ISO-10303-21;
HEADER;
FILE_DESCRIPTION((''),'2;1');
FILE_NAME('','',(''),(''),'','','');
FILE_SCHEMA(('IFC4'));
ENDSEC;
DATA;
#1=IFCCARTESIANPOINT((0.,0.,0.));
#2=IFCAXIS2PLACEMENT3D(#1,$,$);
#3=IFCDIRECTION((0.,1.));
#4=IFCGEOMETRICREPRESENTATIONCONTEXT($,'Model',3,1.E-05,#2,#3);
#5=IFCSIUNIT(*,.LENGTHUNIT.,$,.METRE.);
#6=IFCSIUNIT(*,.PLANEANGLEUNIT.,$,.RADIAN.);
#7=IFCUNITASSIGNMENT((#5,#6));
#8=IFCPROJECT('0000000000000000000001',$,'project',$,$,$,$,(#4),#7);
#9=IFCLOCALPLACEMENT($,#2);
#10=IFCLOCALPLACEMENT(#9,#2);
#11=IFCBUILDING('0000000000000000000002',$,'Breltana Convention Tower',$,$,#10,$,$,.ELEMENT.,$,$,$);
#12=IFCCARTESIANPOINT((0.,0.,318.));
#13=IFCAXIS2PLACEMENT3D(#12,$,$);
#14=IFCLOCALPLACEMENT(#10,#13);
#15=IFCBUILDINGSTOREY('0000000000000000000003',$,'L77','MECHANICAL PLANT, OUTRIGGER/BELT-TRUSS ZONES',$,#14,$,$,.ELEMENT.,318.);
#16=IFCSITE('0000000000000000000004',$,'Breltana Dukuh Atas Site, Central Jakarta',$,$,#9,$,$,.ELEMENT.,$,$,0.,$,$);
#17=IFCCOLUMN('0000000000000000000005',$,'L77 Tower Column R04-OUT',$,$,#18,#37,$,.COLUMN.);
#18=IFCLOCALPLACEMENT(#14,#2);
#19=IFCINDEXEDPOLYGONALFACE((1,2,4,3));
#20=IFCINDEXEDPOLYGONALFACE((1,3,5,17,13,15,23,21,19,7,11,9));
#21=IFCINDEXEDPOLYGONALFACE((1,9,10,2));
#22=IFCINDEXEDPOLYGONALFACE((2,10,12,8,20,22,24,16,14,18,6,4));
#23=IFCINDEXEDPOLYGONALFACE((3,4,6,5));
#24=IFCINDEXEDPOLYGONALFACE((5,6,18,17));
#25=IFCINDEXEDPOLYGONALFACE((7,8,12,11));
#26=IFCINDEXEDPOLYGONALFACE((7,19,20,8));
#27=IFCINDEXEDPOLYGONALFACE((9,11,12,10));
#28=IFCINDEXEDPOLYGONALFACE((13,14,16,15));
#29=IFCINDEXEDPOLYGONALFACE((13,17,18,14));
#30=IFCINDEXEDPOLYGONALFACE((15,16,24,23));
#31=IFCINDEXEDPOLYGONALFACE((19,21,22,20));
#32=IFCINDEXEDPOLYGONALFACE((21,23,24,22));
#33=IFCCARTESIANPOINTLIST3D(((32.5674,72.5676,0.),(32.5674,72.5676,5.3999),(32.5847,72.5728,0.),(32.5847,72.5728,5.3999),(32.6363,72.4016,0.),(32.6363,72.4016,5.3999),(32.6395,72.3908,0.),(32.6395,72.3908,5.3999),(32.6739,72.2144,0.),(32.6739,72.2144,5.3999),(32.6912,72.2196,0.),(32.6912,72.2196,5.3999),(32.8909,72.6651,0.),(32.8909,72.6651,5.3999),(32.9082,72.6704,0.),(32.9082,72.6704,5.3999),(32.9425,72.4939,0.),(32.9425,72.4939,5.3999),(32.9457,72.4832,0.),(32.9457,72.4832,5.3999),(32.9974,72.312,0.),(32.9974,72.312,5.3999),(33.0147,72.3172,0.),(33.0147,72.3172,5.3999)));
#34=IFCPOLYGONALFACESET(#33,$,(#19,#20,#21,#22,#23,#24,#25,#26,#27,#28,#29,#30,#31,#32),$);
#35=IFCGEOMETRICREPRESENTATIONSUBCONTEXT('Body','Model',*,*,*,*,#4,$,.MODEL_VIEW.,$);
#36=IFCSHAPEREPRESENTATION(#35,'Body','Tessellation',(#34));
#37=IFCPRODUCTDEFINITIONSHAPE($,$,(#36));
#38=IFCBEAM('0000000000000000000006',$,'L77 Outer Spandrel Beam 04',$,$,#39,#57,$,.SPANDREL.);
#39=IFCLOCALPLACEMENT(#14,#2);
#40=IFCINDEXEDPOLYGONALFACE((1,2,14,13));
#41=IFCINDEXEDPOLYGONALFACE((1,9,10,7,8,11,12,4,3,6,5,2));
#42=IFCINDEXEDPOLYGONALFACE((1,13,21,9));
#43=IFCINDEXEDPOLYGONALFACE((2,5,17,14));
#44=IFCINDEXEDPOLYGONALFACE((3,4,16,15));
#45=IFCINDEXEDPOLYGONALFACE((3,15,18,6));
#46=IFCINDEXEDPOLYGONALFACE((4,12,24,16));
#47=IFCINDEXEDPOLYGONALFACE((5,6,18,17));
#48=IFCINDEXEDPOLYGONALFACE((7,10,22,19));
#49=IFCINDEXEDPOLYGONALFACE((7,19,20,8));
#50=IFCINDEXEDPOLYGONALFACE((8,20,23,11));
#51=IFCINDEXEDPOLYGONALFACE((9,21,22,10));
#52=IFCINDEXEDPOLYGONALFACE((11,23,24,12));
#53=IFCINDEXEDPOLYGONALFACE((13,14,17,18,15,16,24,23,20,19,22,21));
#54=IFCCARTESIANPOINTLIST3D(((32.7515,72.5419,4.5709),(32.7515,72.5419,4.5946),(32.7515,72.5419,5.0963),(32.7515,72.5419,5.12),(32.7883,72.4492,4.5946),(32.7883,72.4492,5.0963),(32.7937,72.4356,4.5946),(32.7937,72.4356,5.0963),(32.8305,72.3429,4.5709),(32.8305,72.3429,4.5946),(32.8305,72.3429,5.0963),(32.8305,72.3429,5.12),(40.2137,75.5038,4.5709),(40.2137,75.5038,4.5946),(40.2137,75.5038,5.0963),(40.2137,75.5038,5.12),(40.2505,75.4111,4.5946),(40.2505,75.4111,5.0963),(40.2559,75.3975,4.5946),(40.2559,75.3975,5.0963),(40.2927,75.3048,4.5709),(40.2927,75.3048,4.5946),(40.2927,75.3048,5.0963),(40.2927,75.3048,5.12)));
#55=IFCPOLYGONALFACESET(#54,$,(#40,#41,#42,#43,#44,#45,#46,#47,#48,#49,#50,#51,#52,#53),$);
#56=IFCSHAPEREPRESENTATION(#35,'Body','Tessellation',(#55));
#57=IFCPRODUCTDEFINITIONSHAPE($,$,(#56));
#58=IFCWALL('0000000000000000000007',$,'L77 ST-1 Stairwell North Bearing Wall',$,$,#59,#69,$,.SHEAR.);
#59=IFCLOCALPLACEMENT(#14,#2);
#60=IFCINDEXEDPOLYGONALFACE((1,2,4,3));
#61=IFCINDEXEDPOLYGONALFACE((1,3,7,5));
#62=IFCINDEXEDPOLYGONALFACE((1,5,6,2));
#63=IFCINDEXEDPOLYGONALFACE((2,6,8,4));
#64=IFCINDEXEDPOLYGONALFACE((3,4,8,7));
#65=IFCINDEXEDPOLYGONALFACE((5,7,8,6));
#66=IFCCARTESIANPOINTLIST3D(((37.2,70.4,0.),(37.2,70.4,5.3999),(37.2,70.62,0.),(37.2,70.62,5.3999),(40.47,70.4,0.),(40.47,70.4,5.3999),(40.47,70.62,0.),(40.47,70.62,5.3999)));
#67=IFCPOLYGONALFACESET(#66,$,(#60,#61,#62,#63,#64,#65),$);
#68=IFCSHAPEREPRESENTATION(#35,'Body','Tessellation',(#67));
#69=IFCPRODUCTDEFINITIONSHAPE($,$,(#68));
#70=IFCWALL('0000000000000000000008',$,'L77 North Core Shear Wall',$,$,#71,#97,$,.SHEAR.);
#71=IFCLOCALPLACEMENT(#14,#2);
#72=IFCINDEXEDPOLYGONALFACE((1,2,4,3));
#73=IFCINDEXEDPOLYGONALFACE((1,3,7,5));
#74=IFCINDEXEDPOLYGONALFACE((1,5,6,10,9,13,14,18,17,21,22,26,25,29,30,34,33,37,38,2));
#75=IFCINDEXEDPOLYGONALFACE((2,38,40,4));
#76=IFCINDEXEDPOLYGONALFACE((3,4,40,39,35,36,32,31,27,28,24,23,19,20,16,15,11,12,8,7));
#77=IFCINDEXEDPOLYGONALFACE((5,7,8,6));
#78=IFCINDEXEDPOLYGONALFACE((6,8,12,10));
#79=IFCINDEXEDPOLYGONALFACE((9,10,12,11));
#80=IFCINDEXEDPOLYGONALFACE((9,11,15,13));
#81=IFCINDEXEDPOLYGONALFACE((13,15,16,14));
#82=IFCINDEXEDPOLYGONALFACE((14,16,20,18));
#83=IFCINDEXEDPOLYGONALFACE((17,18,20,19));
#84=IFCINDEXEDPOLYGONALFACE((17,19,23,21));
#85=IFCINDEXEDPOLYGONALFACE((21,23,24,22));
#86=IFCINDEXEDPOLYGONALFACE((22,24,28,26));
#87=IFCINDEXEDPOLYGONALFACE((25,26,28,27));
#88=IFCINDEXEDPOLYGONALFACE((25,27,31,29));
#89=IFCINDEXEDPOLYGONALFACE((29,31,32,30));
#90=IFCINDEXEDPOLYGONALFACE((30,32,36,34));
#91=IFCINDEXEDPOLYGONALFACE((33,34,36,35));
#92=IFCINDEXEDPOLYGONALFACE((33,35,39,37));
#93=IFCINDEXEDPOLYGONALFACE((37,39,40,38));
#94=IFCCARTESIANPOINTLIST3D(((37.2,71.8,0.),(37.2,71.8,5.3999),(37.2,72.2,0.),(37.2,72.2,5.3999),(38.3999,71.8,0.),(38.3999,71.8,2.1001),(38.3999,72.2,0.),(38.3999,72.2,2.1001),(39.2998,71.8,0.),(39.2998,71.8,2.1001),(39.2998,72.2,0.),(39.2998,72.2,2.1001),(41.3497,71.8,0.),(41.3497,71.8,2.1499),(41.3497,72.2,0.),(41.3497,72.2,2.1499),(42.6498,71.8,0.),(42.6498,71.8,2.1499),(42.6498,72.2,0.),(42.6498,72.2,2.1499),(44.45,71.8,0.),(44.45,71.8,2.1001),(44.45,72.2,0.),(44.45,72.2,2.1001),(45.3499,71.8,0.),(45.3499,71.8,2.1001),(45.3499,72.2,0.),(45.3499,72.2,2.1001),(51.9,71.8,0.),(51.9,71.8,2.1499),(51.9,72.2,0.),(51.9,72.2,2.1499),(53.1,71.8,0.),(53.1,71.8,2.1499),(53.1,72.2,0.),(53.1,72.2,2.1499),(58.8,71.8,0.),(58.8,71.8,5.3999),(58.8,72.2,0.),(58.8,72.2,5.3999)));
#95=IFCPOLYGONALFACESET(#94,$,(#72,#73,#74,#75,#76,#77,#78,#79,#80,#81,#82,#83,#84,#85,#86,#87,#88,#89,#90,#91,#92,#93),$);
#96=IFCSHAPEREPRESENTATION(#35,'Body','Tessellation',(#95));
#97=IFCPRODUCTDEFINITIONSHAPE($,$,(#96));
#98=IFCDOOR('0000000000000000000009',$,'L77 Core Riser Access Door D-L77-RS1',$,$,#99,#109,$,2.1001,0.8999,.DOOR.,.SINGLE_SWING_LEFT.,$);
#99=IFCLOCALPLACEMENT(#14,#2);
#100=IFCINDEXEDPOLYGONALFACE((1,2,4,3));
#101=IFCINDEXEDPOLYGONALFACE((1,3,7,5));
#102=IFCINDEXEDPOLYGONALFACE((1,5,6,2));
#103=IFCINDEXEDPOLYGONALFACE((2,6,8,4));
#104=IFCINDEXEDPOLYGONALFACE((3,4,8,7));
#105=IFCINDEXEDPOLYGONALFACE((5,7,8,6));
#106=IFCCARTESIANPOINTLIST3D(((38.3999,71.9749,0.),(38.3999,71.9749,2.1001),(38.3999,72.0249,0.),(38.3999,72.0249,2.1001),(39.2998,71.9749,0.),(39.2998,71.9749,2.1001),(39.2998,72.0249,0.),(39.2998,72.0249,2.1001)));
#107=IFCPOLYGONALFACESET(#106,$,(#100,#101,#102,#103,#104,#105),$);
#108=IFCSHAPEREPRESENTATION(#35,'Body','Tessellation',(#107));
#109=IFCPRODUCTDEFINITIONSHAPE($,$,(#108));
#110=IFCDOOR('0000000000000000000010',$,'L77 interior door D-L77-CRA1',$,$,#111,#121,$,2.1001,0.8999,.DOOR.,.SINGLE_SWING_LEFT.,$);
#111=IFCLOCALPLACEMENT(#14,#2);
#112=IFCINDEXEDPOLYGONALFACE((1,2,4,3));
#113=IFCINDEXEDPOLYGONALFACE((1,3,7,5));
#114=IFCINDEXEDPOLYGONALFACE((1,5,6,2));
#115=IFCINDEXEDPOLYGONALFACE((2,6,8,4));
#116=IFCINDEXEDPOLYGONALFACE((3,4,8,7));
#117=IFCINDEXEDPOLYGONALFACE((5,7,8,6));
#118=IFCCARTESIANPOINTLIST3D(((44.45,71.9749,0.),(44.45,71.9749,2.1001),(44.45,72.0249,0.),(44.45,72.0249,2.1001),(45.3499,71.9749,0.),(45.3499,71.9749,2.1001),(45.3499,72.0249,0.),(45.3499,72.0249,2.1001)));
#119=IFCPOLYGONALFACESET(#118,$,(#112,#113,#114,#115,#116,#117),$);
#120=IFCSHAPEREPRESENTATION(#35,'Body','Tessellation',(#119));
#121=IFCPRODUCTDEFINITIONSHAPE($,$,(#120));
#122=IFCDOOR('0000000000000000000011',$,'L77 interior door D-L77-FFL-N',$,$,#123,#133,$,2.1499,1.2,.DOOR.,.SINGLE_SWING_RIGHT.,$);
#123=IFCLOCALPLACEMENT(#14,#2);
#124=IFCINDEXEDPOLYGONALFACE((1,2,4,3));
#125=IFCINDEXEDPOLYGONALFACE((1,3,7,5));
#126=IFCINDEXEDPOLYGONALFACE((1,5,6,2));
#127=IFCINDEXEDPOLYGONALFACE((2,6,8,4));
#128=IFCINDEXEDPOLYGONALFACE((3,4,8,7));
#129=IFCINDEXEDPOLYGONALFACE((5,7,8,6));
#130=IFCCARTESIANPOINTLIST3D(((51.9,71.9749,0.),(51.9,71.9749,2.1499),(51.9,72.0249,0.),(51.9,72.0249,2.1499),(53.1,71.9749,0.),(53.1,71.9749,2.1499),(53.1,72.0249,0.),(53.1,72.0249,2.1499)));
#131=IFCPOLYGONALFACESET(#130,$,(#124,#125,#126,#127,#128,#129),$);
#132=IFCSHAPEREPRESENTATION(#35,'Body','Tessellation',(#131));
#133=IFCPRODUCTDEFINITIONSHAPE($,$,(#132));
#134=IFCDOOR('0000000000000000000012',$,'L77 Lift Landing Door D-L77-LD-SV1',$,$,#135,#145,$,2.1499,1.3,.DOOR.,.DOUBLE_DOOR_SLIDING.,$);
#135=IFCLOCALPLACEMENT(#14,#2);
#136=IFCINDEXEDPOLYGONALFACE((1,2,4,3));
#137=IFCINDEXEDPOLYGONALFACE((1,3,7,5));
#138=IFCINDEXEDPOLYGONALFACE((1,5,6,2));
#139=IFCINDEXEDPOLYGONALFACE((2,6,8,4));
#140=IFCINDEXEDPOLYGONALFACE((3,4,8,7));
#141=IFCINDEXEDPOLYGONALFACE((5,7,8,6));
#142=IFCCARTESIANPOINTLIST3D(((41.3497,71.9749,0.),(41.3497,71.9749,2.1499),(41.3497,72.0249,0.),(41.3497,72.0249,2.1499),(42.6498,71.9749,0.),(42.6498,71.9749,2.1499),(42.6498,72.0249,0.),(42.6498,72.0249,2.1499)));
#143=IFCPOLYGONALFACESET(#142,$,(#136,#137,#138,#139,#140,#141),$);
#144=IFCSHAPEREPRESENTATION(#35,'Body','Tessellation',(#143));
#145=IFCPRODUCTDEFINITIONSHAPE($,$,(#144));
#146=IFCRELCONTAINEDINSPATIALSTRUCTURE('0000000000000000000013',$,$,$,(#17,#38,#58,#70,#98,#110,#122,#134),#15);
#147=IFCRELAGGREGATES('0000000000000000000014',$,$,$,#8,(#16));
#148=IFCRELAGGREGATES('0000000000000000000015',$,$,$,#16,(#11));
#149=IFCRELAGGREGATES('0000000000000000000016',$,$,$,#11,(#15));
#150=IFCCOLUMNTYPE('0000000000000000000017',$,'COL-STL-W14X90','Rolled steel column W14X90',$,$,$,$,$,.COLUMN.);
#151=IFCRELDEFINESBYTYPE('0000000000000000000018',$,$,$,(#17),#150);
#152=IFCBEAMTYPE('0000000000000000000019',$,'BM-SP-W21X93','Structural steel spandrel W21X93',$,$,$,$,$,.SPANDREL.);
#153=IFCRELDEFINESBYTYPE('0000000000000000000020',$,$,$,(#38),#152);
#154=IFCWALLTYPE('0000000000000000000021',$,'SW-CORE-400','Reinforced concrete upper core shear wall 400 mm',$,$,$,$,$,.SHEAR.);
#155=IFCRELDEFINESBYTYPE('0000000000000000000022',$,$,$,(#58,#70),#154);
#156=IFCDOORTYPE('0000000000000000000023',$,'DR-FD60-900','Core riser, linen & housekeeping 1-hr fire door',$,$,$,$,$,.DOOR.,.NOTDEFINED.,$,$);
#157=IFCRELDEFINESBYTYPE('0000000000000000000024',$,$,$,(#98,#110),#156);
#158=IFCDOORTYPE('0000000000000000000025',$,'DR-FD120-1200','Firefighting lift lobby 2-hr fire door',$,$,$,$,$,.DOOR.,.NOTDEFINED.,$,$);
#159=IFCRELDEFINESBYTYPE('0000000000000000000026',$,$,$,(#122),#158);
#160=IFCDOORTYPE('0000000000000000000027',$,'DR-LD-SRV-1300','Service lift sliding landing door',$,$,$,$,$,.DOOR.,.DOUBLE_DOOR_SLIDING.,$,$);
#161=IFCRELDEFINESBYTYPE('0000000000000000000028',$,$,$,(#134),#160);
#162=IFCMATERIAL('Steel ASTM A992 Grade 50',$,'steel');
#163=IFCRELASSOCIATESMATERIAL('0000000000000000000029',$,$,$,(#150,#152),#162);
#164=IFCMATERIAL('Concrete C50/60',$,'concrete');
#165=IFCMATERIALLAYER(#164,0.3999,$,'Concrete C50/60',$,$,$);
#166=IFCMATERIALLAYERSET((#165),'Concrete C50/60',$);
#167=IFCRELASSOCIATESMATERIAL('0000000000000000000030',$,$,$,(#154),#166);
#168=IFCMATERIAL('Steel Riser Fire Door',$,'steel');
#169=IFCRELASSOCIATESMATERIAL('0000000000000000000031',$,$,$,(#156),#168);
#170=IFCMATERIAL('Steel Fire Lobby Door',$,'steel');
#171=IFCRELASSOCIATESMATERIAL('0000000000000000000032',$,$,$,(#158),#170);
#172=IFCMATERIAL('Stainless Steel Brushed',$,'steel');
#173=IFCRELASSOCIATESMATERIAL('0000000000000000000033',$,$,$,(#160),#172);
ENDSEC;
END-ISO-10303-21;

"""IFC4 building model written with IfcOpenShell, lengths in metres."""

from ifc_helpers import new_model, si_unit, direction, frame, frame_2d, origin, origin_2d, place, context, subcontext, project, spatial, rectangle, i_section, extrude, source, transform, mapped, material, layer, layer_set, material_profile, profile_set, type_object, type_shapes, element, fill, save


model = new_model("IFC4")

# Units and contexts
model_context = context("Model", 3, precision=1e-05, world=origin(), true_north=direction((0.0, 1.0)))
body_context = subcontext(model_context, "Body", "Model", "MODEL_VIEW")
ifc_project = project(units=[si_unit("LENGTHUNIT", "METRE"), si_unit("PLANEANGLEUNIT", "RADIAN")], contexts=[model_context])

# Site, building, storey
site_placement = place(None, origin())
site = spatial("IfcSite", under=ifc_project, at=site_placement, Name="Breltana Dukuh Atas Site, Central Jakarta", CompositionType="ELEMENT", RefElevation=0.0)
building_placement = place(site_placement, origin())
building = spatial("IfcBuilding", under=site, at=building_placement, Name="Breltana Convention Tower", CompositionType="ELEMENT")
storey_placement = place(building_placement, frame((0.0, 0.0, 318.0)))
storey = spatial("IfcBuildingStorey", under=building, at=storey_placement, Name="L77", Description="MECHANICAL PLANT, OUTRIGGER/BELT-TRUSS ZONES", CompositionType="ELEMENT", Elevation=318.0)

# Column
ifc_material_1 = material(Name="Steel ASTM A992 Grade 50", Category="steel")
ifc_material_profile_1 = material_profile(ifc_material_1, i_section(OverallWidth=0.3689, OverallDepth=0.356, WebThickness=0.0112, FlangeThickness=0.0181, at=origin_2d()), Name="W14X90")
ifc_profile_set_1 = profile_set([ifc_material_profile_1], Name="Steel ASTM A992 Grade 50")
column_type = type_object("IfcColumnType", Name="COL-STL-W14X90", Description="Rolled steel column W14X90", PredefinedType="COLUMN", material=ifc_profile_set_1)
shared_shape_1 = source(origin(), body_context, "Body", "SweptSolid", [
    extrude(i_section(OverallWidth=0.3689, OverallDepth=0.356, WebThickness=0.0112, FlangeThickness=0.0181, at=origin_2d()), origin(), (0.0, 0.0, 1.0), 5.3999),
])
column_placement = place(storey_placement, frame((32.791, 72.4424, 0.0), z_axis=(0.0, 0.0, 1.0), x_axis=(-0.288698, 0.95742, 0.0)))
element("IfcColumn", 1, at=column_placement, inside=storey, type_object=column_type, Name="L77 Tower Column R04-OUT", PredefinedType="COLUMN", context=body_context, shape_type="MappedRepresentation", body=[
    mapped(shared_shape_1, transform((0.0, 0.0, 0.0), scale=1.0)),
])

# Beam
ifc_material_profile_2 = material_profile(ifc_material_1, i_section(OverallWidth=0.2141, OverallDepth=0.5491, WebThickness=0.0146, FlangeThickness=0.0237, at=origin_2d()), Name="W21X93")
ifc_profile_set_2 = profile_set([ifc_material_profile_2], Name="Steel ASTM A992 Grade 50")
beam_type = type_object("IfcBeamType", Name="BM-SP-W21X93", Description="Structural steel spandrel W21X93", PredefinedType="SPANDREL", material=ifc_profile_set_2)
shared_shape_2 = source(origin(), body_context, "Body", "SweptSolid", [
    extrude(i_section(OverallWidth=0.2141, OverallDepth=0.5491, WebThickness=0.0146, FlangeThickness=0.0237, at=origin_2d()), origin(), (0.0, 0.0, 1.0), 8.0286),
])
beam_placement = place(storey_placement, frame((32.791, 72.4424, 4.8455), z_axis=(0.929459, 0.368925, 0.0), x_axis=(-0.368925, 0.929459, 0.0)))
element("IfcBeam", 2, at=beam_placement, inside=storey, type_object=beam_type, Name="L77 Outer Spandrel Beam 04", PredefinedType="SPANDREL", context=body_context, shape_type="MappedRepresentation", body=[
    mapped(shared_shape_2, transform((0.0, 0.0, 0.0), scale=1.0)),
])

# Wall
ifc_material_2 = material(Name="Concrete C50/60", Category="concrete")
ifc_layer_1 = layer(ifc_material_2, 0.3999, Name="Concrete C50/60")
ifc_layer_set_1 = layer_set([ifc_layer_1], Name="Concrete C50/60")
wall_type_1 = type_object("IfcWallType", Name="SW-CORE-400", Description="Reinforced concrete upper core shear wall 400 mm", PredefinedType="SHEAR", material=ifc_layer_set_1)
shared_shape_3 = source(origin(), body_context, "Body", "SweptSolid", [
    extrude(rectangle(XDim=3.27, YDim=0.22, at=frame_2d((1.635, 0.0))), origin(), (0.0, 0.0, 1.0), 5.3999),
])
wall_1_placement = place(storey_placement, frame((37.2, 70.51, 0.0), z_axis=(0.0, 0.0, 1.0), x_axis=(1.0, 0.0, 0.0)))
element("IfcWall", 3, at=wall_1_placement, inside=storey, type_object=wall_type_1, Name="L77 ST-1 Stairwell North Bearing Wall", PredefinedType="SHEAR", context=body_context, shape_type="MappedRepresentation", body=[
    mapped(shared_shape_3, transform((0.0, 0.0, 0.0), scale=1.0)),
])

# Wall, openings, doors
shared_shape_4 = source(origin(), body_context, "Body", "SweptSolid", [
    extrude(rectangle(XDim=21.6001, YDim=0.3999, at=frame_2d((10.8, 0.0))), origin(), (0.0, 0.0, 1.0), 5.3999),
])
wall_2_placement = place(storey_placement, frame((37.2, 72.0, 0.0), z_axis=(0.0, 0.0, 1.0), x_axis=(1.0, 0.0, 0.0)))
wall_2 = element("IfcWall", 4, at=wall_2_placement, inside=storey, type_object=wall_type_1, Name="L77 North Core Shear Wall", PredefinedType="SHEAR", context=body_context, shape_type="MappedRepresentation", body=[
    mapped(shared_shape_4, transform((0.0, 0.0, 0.0), scale=1.0)),
])
opening_1_placement = place(wall_2_placement, frame((1.2, 0.0, 0.0)))
opening_1 = element("IfcOpeningElement", 5, at=opening_1_placement, cuts=wall_2, PredefinedType="OPENING", context=body_context, shape_type="SweptSolid", body=[
    extrude(rectangle(XDim=0.8999, YDim=2.1001, at=frame_2d((0.45, 1.05))), frame((0.0, 0.21, 0.0), z_axis=(0.0, -1.0, 0.0), x_axis=(1.0, 0.0, 0.0)), (0.0, 0.0, 1.0), 0.4199),
])
opening_2_placement = place(wall_2_placement, frame((14.7, 0.0, 0.0)))
opening_2 = element("IfcOpeningElement", 6, at=opening_2_placement, cuts=wall_2, PredefinedType="OPENING", context=body_context, shape_type="SweptSolid", body=[
    extrude(rectangle(XDim=1.2, YDim=2.1499, at=frame_2d((0.6001, 1.075))), frame((0.0, 0.21, 0.0), z_axis=(0.0, -1.0, 0.0), x_axis=(1.0, 0.0, 0.0)), (0.0, 0.0, 1.0), 0.4199),
])
opening_3_placement = place(wall_2_placement, frame((4.1499, 0.0, 0.0)))
opening_3 = element("IfcOpeningElement", 7, at=opening_3_placement, cuts=wall_2, PredefinedType="OPENING", context=body_context, shape_type="SweptSolid", body=[
    extrude(rectangle(XDim=1.3, YDim=2.1499, at=frame_2d((0.6499, 1.075))), frame((0.0, 0.21, 0.0), z_axis=(0.0, -1.0, 0.0), x_axis=(1.0, 0.0, 0.0)), (0.0, 0.0, 1.0), 0.4199),
])
opening_4_placement = place(wall_2_placement, frame((7.25, 0.0, 0.0)))
opening_4 = element("IfcOpeningElement", 8, at=opening_4_placement, cuts=wall_2, PredefinedType="OPENING", context=body_context, shape_type="SweptSolid", body=[
    extrude(rectangle(XDim=0.8999, YDim=2.1001, at=frame_2d((0.45, 1.05))), frame((0.0, 0.21, 0.0), z_axis=(0.0, -1.0, 0.0), x_axis=(1.0, 0.0, 0.0)), (0.0, 0.0, 1.0), 0.4199),
])
ifc_material_3 = material(Name="Steel Riser Fire Door", Category="steel")
door_type_1 = type_object("IfcDoorType", Name="DR-FD60-900", Description="Core riser, linen & housekeeping 1-hr fire door", OperationType="NOTDEFINED", PredefinedType="DOOR", material=ifc_material_3)
shared_shape_5 = source(origin(), body_context, "Body", "SweptSolid", [
    extrude(rectangle(XDim=0.8999, YDim=2.1001, at=frame_2d((0.45, 1.05))), frame((0.0, 0.0249, 0.0), z_axis=(0.0, -1.0, 0.0), x_axis=(1.0, 0.0, 0.0)), (0.0, 0.0, 1.0), 0.05),
])
type_shapes(door_type_1, [shared_shape_5])
door_1_placement = place(opening_1_placement, origin())
door_1 = element("IfcDoor", 9, at=door_1_placement, inside=storey, type_object=door_type_1, Name="L77 Core Riser Access Door D-L77-RS1", OperationType="SINGLE_SWING_LEFT", OverallHeight=2.1001, OverallWidth=0.8999, PredefinedType="DOOR", context=body_context, shape_type="MappedRepresentation", body=[
    mapped(shared_shape_5, transform((0.0, 0.0, 0.0), scale=1.0)),
])
fill(opening_1, door_1)
door_2_placement = place(opening_4_placement, origin())
door_2 = element("IfcDoor", 10, at=door_2_placement, inside=storey, type_object=door_type_1, Name="L77 interior door D-L77-CRA1", OperationType="SINGLE_SWING_LEFT", OverallHeight=2.1001, OverallWidth=0.8999, PredefinedType="DOOR", context=body_context, shape_type="MappedRepresentation", body=[
    mapped(shared_shape_5, transform((0.0, 0.0, 0.0), scale=1.0)),
])
fill(opening_4, door_2)
ifc_material_4 = material(Name="Steel Fire Lobby Door", Category="steel")
door_type_2 = type_object("IfcDoorType", Name="DR-FD120-1200", Description="Firefighting lift lobby 2-hr fire door", OperationType="NOTDEFINED", PredefinedType="DOOR", material=ifc_material_4)
shared_shape_6 = source(origin(), body_context, "Body", "SweptSolid", [
    extrude(rectangle(XDim=1.2, YDim=2.1499, at=frame_2d((0.6001, 1.075))), frame((0.0, 0.0249, 0.0), z_axis=(0.0, -1.0, 0.0), x_axis=(1.0, 0.0, 0.0)), (0.0, 0.0, 1.0), 0.05),
])
type_shapes(door_type_2, [shared_shape_6])
door_3_placement = place(opening_2_placement, origin())
door_3 = element("IfcDoor", 11, at=door_3_placement, inside=storey, type_object=door_type_2, Name="L77 interior door D-L77-FFL-N", OperationType="SINGLE_SWING_RIGHT", OverallHeight=2.1499, OverallWidth=1.2, PredefinedType="DOOR", context=body_context, shape_type="MappedRepresentation", body=[
    mapped(shared_shape_6, transform((0.0, 0.0, 0.0), scale=1.0)),
])
fill(opening_2, door_3)
ifc_material_5 = material(Name="Stainless Steel Brushed", Category="steel")
door_type_3 = type_object("IfcDoorType", Name="DR-LD-SRV-1300", Description="Service lift sliding landing door", OperationType="DOUBLE_DOOR_SLIDING", PredefinedType="DOOR", material=ifc_material_5)
shared_shape_7 = source(origin(), body_context, "Body", "SweptSolid", [
    extrude(rectangle(XDim=1.3, YDim=2.1499, at=frame_2d((0.6499, 1.075))), frame((0.0, 0.0249, 0.0), z_axis=(0.0, -1.0, 0.0), x_axis=(1.0, 0.0, 0.0)), (0.0, 0.0, 1.0), 0.05),
])
type_shapes(door_type_3, [shared_shape_7])
door_4_placement = place(opening_3_placement, origin())
door_4 = element("IfcDoor", 12, at=door_4_placement, inside=storey, type_object=door_type_3, Name="L77 Lift Landing Door D-L77-LD-SV1", OperationType="DOUBLE_DOOR_SLIDING", OverallHeight=2.1499, OverallWidth=1.3, PredefinedType="DOOR", context=body_context, shape_type="MappedRepresentation", body=[
    mapped(shared_shape_7, transform((0.0, 0.0, 0.0), scale=1.0)),
])
fill(opening_3, door_4)

save(model, "model.ifc")
